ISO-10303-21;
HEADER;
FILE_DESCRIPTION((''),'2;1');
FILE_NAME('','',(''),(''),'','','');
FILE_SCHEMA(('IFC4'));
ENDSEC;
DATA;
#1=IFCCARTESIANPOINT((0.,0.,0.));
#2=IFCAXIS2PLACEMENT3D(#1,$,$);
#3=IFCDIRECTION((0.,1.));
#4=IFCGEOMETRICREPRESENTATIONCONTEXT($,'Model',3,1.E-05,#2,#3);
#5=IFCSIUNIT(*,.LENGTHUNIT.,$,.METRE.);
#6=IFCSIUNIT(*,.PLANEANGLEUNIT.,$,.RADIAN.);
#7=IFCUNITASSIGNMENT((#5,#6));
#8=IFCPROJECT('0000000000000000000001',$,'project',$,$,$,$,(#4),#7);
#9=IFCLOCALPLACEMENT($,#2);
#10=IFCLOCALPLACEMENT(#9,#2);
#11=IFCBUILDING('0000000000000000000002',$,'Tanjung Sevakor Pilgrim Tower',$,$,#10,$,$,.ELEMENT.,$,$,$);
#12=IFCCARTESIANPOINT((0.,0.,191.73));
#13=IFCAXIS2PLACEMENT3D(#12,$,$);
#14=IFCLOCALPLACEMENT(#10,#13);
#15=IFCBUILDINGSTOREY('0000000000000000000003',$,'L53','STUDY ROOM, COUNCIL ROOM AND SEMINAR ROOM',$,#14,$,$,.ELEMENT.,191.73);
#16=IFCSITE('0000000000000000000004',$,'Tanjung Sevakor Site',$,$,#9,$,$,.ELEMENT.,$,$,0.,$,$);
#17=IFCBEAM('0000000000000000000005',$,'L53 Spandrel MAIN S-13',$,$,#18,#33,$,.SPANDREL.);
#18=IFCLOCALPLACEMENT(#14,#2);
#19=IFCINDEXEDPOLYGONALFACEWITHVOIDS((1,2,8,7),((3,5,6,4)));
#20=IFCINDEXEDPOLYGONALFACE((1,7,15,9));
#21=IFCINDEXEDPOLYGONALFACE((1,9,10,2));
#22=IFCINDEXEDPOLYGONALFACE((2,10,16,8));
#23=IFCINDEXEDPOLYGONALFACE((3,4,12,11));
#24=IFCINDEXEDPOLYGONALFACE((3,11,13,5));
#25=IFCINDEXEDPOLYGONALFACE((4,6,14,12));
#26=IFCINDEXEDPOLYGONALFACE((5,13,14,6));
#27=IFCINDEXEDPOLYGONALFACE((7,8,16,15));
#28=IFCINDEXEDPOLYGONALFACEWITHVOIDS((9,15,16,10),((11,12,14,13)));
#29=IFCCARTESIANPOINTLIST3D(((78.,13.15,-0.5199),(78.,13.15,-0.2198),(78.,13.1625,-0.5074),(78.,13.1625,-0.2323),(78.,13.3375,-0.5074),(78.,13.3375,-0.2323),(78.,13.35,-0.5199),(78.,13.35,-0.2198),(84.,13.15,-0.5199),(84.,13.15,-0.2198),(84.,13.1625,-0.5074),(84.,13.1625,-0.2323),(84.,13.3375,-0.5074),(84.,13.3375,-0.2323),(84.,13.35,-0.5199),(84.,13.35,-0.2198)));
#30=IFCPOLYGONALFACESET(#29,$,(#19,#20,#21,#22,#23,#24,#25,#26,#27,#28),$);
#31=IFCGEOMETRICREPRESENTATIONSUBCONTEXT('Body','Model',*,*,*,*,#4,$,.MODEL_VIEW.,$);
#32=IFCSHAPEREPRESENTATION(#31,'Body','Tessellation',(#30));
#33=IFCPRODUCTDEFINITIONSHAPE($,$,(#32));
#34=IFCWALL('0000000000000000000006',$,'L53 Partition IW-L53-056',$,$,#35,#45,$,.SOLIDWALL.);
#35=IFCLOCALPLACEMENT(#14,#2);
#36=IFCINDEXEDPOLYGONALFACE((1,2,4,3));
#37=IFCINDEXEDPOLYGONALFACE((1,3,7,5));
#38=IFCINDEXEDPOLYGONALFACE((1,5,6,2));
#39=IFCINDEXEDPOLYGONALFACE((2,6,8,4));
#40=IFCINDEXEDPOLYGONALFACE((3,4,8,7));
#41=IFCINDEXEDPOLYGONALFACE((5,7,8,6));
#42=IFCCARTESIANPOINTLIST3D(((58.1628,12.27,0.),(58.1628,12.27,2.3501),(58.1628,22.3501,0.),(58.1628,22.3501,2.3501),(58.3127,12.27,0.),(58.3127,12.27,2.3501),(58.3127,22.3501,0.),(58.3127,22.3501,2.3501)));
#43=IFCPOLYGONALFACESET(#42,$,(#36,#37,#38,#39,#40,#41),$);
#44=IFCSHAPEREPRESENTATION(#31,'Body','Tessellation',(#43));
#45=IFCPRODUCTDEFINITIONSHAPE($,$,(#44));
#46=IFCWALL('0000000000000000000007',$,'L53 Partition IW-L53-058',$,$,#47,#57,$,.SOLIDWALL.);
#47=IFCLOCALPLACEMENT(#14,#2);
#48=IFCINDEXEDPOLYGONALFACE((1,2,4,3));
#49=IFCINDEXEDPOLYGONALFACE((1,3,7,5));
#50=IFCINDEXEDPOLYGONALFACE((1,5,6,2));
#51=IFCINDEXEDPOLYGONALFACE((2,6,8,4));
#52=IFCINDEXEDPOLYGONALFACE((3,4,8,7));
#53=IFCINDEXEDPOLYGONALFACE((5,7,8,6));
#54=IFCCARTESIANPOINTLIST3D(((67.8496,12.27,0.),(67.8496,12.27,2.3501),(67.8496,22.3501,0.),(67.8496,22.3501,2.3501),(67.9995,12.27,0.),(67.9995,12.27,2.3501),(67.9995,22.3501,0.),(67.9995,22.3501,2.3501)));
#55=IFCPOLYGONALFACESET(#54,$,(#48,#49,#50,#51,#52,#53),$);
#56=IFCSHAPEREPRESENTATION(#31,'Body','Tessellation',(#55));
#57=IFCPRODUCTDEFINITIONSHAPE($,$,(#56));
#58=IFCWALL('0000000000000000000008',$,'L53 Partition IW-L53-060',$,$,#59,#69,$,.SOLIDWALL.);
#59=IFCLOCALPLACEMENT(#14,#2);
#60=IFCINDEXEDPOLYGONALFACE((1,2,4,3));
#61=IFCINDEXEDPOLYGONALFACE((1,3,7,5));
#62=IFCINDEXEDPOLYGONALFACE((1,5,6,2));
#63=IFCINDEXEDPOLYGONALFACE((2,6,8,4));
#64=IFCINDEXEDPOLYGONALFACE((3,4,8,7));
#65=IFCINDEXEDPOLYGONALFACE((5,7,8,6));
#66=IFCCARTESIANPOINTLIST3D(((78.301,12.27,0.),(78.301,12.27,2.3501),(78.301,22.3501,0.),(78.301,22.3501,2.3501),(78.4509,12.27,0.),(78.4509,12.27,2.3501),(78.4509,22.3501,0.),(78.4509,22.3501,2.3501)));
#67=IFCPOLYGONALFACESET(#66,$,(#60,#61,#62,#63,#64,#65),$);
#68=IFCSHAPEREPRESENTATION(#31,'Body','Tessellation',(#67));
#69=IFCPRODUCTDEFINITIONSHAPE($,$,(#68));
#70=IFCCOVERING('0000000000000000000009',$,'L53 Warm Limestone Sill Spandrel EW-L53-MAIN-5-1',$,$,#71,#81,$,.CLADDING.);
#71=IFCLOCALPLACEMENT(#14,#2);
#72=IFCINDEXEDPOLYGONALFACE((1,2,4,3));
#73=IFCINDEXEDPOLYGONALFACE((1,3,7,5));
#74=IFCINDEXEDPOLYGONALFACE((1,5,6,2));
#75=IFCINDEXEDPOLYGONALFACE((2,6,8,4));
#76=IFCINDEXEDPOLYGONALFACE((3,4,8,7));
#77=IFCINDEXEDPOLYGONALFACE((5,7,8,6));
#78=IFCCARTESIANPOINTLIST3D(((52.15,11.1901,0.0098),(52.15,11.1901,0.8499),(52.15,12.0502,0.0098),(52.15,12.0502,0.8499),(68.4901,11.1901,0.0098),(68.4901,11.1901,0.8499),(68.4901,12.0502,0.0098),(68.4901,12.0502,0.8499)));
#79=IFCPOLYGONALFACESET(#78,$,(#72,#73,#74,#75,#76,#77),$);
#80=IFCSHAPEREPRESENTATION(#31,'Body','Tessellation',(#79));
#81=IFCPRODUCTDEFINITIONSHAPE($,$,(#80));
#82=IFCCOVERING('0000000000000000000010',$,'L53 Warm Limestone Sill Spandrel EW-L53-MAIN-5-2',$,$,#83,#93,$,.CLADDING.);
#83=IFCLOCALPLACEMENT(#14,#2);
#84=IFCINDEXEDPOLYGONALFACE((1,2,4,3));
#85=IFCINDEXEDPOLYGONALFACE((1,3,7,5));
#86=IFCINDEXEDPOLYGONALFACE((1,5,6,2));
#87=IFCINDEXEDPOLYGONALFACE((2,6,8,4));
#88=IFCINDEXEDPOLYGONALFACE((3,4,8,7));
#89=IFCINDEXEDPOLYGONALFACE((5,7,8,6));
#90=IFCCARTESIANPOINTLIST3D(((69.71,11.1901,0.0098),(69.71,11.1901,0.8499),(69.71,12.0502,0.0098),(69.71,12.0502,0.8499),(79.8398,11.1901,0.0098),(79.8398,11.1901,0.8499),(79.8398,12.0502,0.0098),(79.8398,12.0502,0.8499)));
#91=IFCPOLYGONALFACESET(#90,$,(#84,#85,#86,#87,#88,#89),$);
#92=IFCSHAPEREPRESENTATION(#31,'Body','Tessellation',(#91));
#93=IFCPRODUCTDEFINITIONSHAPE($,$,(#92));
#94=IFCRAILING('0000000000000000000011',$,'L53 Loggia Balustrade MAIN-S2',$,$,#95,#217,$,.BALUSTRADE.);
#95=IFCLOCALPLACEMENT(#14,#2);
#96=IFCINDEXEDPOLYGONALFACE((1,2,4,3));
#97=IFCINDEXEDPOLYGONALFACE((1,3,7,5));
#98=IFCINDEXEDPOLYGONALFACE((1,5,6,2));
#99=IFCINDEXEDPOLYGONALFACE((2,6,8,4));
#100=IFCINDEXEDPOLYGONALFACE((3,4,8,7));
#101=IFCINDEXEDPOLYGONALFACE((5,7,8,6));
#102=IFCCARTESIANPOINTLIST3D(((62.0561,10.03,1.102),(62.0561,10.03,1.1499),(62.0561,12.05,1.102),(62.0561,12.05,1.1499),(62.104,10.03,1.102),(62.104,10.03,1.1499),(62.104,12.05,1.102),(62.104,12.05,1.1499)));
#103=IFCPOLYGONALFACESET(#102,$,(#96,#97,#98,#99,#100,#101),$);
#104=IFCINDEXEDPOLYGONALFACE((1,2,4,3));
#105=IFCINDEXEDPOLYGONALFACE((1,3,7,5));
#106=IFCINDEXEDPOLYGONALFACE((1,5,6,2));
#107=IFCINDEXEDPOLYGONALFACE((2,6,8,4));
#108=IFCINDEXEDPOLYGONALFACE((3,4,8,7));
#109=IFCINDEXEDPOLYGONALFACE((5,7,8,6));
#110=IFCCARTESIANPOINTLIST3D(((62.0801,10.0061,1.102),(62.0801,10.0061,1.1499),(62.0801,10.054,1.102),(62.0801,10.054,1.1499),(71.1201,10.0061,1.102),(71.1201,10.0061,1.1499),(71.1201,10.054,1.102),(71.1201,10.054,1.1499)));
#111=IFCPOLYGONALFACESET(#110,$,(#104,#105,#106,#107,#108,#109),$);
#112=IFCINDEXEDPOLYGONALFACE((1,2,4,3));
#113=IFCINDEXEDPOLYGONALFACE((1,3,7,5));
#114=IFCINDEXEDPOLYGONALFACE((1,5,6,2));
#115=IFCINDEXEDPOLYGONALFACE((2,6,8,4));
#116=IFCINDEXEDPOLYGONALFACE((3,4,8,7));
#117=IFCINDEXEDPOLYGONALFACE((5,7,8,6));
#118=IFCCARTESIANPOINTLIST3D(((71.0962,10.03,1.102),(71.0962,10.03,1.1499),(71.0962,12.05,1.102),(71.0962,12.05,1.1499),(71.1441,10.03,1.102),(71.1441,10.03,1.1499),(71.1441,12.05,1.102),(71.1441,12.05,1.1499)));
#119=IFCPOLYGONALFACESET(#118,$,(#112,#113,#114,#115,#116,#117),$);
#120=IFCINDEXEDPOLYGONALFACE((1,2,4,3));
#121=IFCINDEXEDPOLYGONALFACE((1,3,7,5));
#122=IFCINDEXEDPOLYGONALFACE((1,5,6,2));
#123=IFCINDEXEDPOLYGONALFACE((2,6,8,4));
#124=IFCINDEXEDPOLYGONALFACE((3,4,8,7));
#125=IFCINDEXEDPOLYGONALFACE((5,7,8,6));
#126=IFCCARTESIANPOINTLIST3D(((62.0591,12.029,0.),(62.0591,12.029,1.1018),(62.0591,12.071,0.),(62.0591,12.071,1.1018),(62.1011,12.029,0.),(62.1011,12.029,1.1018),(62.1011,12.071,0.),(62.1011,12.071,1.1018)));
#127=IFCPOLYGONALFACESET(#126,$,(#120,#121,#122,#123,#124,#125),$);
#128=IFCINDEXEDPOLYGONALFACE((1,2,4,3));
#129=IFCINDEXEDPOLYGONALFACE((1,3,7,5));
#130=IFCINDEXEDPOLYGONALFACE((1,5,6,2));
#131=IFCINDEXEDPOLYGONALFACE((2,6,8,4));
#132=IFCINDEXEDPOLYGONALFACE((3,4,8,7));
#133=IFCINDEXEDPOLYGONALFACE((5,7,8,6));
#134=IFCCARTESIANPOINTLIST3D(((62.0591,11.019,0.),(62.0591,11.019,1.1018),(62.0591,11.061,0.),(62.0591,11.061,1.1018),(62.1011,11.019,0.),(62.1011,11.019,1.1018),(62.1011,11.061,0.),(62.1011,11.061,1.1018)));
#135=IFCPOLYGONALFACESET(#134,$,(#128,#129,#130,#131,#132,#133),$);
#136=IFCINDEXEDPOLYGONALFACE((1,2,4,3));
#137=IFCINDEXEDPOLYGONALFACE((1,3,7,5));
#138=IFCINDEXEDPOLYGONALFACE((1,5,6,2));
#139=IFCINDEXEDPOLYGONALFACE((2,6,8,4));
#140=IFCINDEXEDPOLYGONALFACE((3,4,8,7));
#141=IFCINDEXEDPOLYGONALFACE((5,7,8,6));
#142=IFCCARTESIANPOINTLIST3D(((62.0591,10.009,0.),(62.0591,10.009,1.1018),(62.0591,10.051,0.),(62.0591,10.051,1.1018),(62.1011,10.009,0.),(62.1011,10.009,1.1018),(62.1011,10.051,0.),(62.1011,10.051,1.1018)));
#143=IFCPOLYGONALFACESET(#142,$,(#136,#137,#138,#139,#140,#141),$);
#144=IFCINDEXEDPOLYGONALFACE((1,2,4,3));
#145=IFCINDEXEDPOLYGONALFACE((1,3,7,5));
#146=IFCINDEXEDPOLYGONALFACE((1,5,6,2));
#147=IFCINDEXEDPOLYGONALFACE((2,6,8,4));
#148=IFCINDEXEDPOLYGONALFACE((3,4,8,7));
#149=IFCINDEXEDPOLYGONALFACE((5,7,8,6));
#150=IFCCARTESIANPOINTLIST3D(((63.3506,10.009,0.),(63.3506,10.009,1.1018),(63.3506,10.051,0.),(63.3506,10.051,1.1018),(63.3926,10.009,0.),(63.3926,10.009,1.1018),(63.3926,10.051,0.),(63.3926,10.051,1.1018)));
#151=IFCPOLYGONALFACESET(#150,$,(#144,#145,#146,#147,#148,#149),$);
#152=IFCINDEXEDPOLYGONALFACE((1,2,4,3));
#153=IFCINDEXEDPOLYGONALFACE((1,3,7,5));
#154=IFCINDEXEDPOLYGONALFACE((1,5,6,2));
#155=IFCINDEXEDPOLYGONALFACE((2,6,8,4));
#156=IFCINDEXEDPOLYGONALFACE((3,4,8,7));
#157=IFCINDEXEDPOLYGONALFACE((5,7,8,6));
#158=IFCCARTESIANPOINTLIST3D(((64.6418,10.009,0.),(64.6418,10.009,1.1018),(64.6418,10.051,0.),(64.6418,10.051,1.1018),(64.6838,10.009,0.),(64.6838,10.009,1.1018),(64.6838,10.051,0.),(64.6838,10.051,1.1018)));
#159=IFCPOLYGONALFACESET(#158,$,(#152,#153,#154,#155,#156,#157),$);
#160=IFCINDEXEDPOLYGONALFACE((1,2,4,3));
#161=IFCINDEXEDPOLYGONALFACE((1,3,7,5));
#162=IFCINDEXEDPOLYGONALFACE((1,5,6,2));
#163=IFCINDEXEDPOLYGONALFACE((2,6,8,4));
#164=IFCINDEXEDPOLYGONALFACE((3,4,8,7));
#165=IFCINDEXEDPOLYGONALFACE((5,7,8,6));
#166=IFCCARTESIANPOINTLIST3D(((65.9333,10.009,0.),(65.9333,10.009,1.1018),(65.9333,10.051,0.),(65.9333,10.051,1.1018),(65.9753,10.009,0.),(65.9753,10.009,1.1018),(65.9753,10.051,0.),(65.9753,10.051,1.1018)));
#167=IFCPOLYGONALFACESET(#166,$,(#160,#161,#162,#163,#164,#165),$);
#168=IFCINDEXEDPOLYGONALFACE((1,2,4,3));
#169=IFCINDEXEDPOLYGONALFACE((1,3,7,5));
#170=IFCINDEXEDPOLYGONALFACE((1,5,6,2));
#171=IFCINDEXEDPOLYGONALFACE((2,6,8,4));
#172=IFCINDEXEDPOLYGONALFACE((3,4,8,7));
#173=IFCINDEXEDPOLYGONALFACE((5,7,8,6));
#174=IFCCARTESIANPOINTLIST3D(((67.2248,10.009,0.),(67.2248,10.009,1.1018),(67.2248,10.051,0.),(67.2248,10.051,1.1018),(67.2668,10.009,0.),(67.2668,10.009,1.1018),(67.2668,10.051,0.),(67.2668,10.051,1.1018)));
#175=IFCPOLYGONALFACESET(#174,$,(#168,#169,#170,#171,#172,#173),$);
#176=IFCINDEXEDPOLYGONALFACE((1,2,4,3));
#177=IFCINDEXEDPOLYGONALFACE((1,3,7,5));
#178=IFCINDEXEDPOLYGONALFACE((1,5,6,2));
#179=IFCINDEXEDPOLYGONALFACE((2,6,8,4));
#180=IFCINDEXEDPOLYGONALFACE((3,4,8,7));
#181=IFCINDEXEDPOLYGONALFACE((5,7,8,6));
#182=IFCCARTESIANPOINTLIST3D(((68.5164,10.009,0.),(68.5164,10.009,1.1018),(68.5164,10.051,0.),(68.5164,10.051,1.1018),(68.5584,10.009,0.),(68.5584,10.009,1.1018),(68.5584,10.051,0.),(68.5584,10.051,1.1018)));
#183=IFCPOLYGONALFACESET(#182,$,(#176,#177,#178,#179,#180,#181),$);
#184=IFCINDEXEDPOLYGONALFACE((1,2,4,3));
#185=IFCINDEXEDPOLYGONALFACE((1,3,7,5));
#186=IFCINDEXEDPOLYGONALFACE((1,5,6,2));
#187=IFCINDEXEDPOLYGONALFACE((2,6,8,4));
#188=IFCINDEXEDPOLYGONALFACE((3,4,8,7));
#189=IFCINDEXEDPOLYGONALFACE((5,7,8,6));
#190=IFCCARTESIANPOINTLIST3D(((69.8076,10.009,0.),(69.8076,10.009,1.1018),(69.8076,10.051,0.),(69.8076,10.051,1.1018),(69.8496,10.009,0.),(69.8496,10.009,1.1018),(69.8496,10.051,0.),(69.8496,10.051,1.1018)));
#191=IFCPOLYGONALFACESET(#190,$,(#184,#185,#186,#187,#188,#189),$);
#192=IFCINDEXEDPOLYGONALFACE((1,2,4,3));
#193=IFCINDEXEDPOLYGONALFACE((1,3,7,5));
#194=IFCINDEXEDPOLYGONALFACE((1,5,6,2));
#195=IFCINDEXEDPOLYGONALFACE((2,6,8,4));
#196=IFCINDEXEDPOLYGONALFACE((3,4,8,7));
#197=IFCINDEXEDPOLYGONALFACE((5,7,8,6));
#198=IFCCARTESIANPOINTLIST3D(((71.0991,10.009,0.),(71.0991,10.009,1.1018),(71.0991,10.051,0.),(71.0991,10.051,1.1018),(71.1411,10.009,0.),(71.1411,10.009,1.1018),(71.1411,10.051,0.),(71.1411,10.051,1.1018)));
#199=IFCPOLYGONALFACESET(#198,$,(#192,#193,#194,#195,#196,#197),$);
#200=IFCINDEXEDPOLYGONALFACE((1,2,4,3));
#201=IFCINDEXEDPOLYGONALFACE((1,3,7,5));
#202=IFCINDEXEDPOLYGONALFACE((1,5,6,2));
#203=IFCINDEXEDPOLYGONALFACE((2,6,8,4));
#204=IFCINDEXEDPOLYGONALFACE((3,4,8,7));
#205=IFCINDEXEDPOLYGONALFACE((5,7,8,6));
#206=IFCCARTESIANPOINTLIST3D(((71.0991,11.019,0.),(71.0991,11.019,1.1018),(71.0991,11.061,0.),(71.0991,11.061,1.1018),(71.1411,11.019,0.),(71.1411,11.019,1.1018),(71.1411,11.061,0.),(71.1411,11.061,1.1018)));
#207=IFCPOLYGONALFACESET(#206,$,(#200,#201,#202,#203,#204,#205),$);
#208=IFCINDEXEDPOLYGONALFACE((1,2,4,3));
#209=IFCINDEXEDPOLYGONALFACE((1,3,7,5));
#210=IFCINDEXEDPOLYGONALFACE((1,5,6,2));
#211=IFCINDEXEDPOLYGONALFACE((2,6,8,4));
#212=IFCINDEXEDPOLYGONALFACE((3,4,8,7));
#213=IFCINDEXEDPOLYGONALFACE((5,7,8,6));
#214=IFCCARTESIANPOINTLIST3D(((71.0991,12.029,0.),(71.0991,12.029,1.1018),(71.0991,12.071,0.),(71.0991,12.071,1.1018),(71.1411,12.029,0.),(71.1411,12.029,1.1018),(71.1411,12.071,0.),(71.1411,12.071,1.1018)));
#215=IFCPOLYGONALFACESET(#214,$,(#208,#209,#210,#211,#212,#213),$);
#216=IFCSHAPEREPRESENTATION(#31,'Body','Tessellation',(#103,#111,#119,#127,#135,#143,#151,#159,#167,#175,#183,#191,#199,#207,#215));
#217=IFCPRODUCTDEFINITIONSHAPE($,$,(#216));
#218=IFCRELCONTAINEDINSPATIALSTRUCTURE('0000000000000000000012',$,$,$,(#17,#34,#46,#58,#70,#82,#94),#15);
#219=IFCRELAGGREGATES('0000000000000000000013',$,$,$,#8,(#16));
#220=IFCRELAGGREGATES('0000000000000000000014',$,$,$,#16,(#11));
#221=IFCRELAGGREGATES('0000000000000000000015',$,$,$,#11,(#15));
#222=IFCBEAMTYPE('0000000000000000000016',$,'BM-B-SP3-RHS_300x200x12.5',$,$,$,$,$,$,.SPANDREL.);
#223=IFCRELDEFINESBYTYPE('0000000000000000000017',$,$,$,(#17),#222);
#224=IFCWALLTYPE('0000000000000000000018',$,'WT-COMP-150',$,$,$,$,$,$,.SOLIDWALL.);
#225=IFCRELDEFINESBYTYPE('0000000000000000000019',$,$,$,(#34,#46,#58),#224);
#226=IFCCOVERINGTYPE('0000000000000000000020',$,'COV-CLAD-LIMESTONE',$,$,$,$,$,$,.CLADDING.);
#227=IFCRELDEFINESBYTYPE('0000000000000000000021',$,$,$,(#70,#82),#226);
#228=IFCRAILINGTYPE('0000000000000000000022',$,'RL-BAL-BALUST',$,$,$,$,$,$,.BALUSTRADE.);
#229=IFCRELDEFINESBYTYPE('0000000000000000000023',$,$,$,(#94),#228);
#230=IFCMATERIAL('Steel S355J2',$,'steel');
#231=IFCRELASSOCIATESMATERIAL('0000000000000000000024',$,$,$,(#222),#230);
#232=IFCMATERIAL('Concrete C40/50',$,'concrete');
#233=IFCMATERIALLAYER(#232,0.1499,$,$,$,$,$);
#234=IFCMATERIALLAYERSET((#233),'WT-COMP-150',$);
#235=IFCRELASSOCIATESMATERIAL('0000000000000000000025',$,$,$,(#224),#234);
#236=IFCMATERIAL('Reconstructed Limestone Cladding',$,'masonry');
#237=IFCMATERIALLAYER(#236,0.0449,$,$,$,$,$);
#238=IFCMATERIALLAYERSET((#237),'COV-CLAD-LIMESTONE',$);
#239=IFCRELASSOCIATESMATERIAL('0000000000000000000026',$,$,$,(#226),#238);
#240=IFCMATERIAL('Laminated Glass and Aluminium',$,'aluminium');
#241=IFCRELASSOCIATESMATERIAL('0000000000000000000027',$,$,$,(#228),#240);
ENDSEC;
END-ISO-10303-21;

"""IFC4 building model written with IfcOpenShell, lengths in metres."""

from ifc_helpers import new_model, si_unit, direction, frame, frame_2d, origin, origin_2d, place, context, subcontext, project, spatial, rectangle, hollow_rectangle, extrude, material, layer, layer_set, material_profile, profile_set, type_object, element, save


model = new_model("IFC4")

# Units and contexts
model_context = context("Model", 3, precision=1e-05, world=origin(), true_north=direction((0.0, 1.0)))
body_context = subcontext(model_context, "Body", "Model", "MODEL_VIEW")
ifc_project = project(units=[si_unit("LENGTHUNIT", "METRE"), si_unit("PLANEANGLEUNIT", "RADIAN")], contexts=[model_context])

# Site, building, storey
site_placement = place(None, origin())
site = spatial("IfcSite", under=ifc_project, at=site_placement, Name="Tanjung Sevakor Site", CompositionType="ELEMENT", RefElevation=0.0)
building_placement = place(site_placement, origin())
building = spatial("IfcBuilding", under=site, at=building_placement, Name="Tanjung Sevakor Pilgrim Tower", CompositionType="ELEMENT")
storey_placement = place(building_placement, frame((0.0, 0.0, 191.73)))
storey = spatial("IfcBuildingStorey", under=building, at=storey_placement, Name="L53", Description="STUDY ROOM, COUNCIL ROOM AND SEMINAR ROOM", CompositionType="ELEMENT", Elevation=191.73)

# Beam
ifc_material_1 = material(Name="Steel S355J2", Category="steel")
ifc_material_profile_1 = material_profile(ifc_material_1, hollow_rectangle(XDim=0.2, YDim=0.3, WallThickness=0.0125, at=origin_2d()))
ifc_profile_set_1 = profile_set([ifc_material_profile_1], Name="Steel S355J2")
beam_type_1 = type_object("IfcBeamType", Name="BM-B-SP3-RHS_300x200x12.5", PredefinedType="SPANDREL", material=ifc_profile_set_1)
for number, where, z_axis, x_axis, name in (
    (1, (78.0, 13.25, -0.3699), (1.0, 0.0, 0.0), (0.0, 1.0, 0.0), "L53 Spandrel MAIN S-13"),
):
    element("IfcBeam", number, at=place(storey_placement, frame(where, z_axis=z_axis, x_axis=x_axis)), inside=storey, type_object=beam_type_1, Name=name, PredefinedType="SPANDREL", context=body_context, shape_type="SweptSolid", body=[
        extrude(hollow_rectangle(XDim=0.2, YDim=0.3, WallThickness=0.0125, at=origin_2d()), origin(), (0.0, 0.0, 1.0), 6.0),
    ])

# Walls
ifc_material_2 = material(Name="Concrete C40/50", Category="concrete")
ifc_layer_1 = layer(ifc_material_2, 0.1499)
ifc_layer_set_1 = layer_set([ifc_layer_1], Name="WT-COMP-150")
wall_type = type_object("IfcWallType", Name="WT-COMP-150", PredefinedType="SOLIDWALL", material=ifc_layer_set_1)
for number, where, z_axis, x_axis, name in (
    (2, (58.2378, 12.27, 0.0), (0.0, 0.0, 1.0), (0.0, 1.0, 0.0), "L53 Partition IW-L53-056"),
    (3, (67.9246, 12.27, 0.0), (0.0, 0.0, 1.0), (0.0, 1.0, 0.0), "L53 Partition IW-L53-058"),
    (4, (78.376, 12.27, 0.0), (0.0, 0.0, 1.0), (0.0, 1.0, 0.0), "L53 Partition IW-L53-060"),
):
    element("IfcWall", number, at=place(storey_placement, frame(where, z_axis=z_axis, x_axis=x_axis)), inside=storey, type_object=wall_type, Name=name, PredefinedType="SOLIDWALL", context=body_context, shape_type="SweptSolid", body=[
        extrude(rectangle(XDim=10.0801, YDim=0.1499, at=frame_2d((5.04, 0.0))), origin(), (0.0, 0.0, 1.0), 2.3501),
    ])

# Coverings
ifc_material_3 = material(Name="Reconstructed Limestone Cladding", Category="masonry")
ifc_layer_2 = layer(ifc_material_3, 0.0449)
ifc_layer_set_2 = layer_set([ifc_layer_2], Name="COV-CLAD-LIMESTONE")
covering_type = type_object("IfcCoveringType", Name="COV-CLAD-LIMESTONE", PredefinedType="CLADDING", material=ifc_layer_set_2)
covering_1_placement = place(storey_placement, frame((60.3201, 11.6201, 0.0098), z_axis=(0.0, 0.0, 1.0), x_axis=(1.0, 0.0, 0.0)))
element("IfcCovering", 5, at=covering_1_placement, inside=storey, type_object=covering_type, Name="L53 Warm Limestone Sill Spandrel EW-L53-MAIN-5-1", PredefinedType="CLADDING", context=body_context, shape_type="SweptSolid", body=[
    extrude(rectangle(XDim=16.3401, YDim=0.8601, at=origin_2d()), origin(), (0.0, 0.0, 1.0), 0.8401),
])
covering_2_placement = place(storey_placement, frame((74.7749, 11.6201, 0.0098), z_axis=(0.0, 0.0, 1.0), x_axis=(1.0, 0.0, 0.0)))
element("IfcCovering", 6, at=covering_2_placement, inside=storey, type_object=covering_type, Name="L53 Warm Limestone Sill Spandrel EW-L53-MAIN-5-2", PredefinedType="CLADDING", context=body_context, shape_type="SweptSolid", body=[
    extrude(rectangle(XDim=10.1299, YDim=0.8601, at=origin_2d()), origin(), (0.0, 0.0, 1.0), 0.8401),
])

# Railing
ifc_material_4 = material(Name="Laminated Glass and Aluminium", Category="aluminium")
railing_type_1 = type_object("IfcRailingType", Name="RL-BAL-BALUST", PredefinedType="BALUSTRADE", material=ifc_material_4)
railing_1_placement = place(storey_placement, frame((62.0801, 12.05, 0.0)))
element("IfcRailing", 7, at=railing_1_placement, inside=storey, type_object=railing_type_1, Name="L53 Loggia Balustrade MAIN-S2", PredefinedType="BALUSTRADE", context=body_context, shape_type="SweptSolid", body=[
    extrude(rectangle(XDim=0.0479, YDim=0.0479), frame((0.0, 0.0, 1.126), z_axis=(0.0, -1.0, 0.0), x_axis=(1.0, 0.0, 0.0)), (0.0, 0.0, 1.0), 2.02),
    extrude(rectangle(XDim=0.0479, YDim=0.0479), frame((0.0, -2.02, 1.126), z_axis=(1.0, 0.0, 0.0), x_axis=(0.0, 1.0, 0.0)), (0.0, 0.0, 1.0), 9.04),
    extrude(rectangle(XDim=0.0479, YDim=0.0479), frame((9.04, -2.02, 1.126), z_axis=(0.0, 1.0, 0.0), x_axis=(-1.0, 0.0, 0.0)), (0.0, 0.0, 1.0), 2.02),
    extrude(rectangle(XDim=0.042, YDim=0.042), origin(), (0.0, 0.0, 1.0), 1.1018),
    extrude(rectangle(XDim=0.042, YDim=0.042), frame((0.0, -1.01, 0.0)), (0.0, 0.0, 1.0), 1.1018),
    extrude(rectangle(XDim=0.042, YDim=0.042), frame((0.0, -2.02, 0.0)), (0.0, 0.0, 1.0), 1.1018),
    extrude(rectangle(XDim=0.042, YDim=0.042), frame((1.2915, -2.02, 0.0)), (0.0, 0.0, 1.0), 1.1018),
    extrude(rectangle(XDim=0.042, YDim=0.042), frame((2.5828, -2.02, 0.0)), (0.0, 0.0, 1.0), 1.1018),
    extrude(rectangle(XDim=0.042, YDim=0.042), frame((3.8743, -2.02, 0.0)), (0.0, 0.0, 1.0), 1.1018),
    extrude(rectangle(XDim=0.042, YDim=0.042), frame((5.1658, -2.02, 0.0)), (0.0, 0.0, 1.0), 1.1018),
    extrude(rectangle(XDim=0.042, YDim=0.042), frame((6.4573, -2.02, 0.0)), (0.0, 0.0, 1.0), 1.1018),
    extrude(rectangle(XDim=0.042, YDim=0.042), frame((7.7485, -2.02, 0.0)), (0.0, 0.0, 1.0), 1.1018),
    extrude(rectangle(XDim=0.042, YDim=0.042), frame((9.04, -2.02, 0.0)), (0.0, 0.0, 1.0), 1.1018),
    extrude(rectangle(XDim=0.042, YDim=0.042), frame((9.04, -1.01, 0.0)), (0.0, 0.0, 1.0), 1.1018),
    extrude(rectangle(XDim=0.042, YDim=0.042), frame((9.04, 0.0, 0.0)), (0.0, 0.0, 1.0), 1.1018),
])

save(model, "model.ifc")
